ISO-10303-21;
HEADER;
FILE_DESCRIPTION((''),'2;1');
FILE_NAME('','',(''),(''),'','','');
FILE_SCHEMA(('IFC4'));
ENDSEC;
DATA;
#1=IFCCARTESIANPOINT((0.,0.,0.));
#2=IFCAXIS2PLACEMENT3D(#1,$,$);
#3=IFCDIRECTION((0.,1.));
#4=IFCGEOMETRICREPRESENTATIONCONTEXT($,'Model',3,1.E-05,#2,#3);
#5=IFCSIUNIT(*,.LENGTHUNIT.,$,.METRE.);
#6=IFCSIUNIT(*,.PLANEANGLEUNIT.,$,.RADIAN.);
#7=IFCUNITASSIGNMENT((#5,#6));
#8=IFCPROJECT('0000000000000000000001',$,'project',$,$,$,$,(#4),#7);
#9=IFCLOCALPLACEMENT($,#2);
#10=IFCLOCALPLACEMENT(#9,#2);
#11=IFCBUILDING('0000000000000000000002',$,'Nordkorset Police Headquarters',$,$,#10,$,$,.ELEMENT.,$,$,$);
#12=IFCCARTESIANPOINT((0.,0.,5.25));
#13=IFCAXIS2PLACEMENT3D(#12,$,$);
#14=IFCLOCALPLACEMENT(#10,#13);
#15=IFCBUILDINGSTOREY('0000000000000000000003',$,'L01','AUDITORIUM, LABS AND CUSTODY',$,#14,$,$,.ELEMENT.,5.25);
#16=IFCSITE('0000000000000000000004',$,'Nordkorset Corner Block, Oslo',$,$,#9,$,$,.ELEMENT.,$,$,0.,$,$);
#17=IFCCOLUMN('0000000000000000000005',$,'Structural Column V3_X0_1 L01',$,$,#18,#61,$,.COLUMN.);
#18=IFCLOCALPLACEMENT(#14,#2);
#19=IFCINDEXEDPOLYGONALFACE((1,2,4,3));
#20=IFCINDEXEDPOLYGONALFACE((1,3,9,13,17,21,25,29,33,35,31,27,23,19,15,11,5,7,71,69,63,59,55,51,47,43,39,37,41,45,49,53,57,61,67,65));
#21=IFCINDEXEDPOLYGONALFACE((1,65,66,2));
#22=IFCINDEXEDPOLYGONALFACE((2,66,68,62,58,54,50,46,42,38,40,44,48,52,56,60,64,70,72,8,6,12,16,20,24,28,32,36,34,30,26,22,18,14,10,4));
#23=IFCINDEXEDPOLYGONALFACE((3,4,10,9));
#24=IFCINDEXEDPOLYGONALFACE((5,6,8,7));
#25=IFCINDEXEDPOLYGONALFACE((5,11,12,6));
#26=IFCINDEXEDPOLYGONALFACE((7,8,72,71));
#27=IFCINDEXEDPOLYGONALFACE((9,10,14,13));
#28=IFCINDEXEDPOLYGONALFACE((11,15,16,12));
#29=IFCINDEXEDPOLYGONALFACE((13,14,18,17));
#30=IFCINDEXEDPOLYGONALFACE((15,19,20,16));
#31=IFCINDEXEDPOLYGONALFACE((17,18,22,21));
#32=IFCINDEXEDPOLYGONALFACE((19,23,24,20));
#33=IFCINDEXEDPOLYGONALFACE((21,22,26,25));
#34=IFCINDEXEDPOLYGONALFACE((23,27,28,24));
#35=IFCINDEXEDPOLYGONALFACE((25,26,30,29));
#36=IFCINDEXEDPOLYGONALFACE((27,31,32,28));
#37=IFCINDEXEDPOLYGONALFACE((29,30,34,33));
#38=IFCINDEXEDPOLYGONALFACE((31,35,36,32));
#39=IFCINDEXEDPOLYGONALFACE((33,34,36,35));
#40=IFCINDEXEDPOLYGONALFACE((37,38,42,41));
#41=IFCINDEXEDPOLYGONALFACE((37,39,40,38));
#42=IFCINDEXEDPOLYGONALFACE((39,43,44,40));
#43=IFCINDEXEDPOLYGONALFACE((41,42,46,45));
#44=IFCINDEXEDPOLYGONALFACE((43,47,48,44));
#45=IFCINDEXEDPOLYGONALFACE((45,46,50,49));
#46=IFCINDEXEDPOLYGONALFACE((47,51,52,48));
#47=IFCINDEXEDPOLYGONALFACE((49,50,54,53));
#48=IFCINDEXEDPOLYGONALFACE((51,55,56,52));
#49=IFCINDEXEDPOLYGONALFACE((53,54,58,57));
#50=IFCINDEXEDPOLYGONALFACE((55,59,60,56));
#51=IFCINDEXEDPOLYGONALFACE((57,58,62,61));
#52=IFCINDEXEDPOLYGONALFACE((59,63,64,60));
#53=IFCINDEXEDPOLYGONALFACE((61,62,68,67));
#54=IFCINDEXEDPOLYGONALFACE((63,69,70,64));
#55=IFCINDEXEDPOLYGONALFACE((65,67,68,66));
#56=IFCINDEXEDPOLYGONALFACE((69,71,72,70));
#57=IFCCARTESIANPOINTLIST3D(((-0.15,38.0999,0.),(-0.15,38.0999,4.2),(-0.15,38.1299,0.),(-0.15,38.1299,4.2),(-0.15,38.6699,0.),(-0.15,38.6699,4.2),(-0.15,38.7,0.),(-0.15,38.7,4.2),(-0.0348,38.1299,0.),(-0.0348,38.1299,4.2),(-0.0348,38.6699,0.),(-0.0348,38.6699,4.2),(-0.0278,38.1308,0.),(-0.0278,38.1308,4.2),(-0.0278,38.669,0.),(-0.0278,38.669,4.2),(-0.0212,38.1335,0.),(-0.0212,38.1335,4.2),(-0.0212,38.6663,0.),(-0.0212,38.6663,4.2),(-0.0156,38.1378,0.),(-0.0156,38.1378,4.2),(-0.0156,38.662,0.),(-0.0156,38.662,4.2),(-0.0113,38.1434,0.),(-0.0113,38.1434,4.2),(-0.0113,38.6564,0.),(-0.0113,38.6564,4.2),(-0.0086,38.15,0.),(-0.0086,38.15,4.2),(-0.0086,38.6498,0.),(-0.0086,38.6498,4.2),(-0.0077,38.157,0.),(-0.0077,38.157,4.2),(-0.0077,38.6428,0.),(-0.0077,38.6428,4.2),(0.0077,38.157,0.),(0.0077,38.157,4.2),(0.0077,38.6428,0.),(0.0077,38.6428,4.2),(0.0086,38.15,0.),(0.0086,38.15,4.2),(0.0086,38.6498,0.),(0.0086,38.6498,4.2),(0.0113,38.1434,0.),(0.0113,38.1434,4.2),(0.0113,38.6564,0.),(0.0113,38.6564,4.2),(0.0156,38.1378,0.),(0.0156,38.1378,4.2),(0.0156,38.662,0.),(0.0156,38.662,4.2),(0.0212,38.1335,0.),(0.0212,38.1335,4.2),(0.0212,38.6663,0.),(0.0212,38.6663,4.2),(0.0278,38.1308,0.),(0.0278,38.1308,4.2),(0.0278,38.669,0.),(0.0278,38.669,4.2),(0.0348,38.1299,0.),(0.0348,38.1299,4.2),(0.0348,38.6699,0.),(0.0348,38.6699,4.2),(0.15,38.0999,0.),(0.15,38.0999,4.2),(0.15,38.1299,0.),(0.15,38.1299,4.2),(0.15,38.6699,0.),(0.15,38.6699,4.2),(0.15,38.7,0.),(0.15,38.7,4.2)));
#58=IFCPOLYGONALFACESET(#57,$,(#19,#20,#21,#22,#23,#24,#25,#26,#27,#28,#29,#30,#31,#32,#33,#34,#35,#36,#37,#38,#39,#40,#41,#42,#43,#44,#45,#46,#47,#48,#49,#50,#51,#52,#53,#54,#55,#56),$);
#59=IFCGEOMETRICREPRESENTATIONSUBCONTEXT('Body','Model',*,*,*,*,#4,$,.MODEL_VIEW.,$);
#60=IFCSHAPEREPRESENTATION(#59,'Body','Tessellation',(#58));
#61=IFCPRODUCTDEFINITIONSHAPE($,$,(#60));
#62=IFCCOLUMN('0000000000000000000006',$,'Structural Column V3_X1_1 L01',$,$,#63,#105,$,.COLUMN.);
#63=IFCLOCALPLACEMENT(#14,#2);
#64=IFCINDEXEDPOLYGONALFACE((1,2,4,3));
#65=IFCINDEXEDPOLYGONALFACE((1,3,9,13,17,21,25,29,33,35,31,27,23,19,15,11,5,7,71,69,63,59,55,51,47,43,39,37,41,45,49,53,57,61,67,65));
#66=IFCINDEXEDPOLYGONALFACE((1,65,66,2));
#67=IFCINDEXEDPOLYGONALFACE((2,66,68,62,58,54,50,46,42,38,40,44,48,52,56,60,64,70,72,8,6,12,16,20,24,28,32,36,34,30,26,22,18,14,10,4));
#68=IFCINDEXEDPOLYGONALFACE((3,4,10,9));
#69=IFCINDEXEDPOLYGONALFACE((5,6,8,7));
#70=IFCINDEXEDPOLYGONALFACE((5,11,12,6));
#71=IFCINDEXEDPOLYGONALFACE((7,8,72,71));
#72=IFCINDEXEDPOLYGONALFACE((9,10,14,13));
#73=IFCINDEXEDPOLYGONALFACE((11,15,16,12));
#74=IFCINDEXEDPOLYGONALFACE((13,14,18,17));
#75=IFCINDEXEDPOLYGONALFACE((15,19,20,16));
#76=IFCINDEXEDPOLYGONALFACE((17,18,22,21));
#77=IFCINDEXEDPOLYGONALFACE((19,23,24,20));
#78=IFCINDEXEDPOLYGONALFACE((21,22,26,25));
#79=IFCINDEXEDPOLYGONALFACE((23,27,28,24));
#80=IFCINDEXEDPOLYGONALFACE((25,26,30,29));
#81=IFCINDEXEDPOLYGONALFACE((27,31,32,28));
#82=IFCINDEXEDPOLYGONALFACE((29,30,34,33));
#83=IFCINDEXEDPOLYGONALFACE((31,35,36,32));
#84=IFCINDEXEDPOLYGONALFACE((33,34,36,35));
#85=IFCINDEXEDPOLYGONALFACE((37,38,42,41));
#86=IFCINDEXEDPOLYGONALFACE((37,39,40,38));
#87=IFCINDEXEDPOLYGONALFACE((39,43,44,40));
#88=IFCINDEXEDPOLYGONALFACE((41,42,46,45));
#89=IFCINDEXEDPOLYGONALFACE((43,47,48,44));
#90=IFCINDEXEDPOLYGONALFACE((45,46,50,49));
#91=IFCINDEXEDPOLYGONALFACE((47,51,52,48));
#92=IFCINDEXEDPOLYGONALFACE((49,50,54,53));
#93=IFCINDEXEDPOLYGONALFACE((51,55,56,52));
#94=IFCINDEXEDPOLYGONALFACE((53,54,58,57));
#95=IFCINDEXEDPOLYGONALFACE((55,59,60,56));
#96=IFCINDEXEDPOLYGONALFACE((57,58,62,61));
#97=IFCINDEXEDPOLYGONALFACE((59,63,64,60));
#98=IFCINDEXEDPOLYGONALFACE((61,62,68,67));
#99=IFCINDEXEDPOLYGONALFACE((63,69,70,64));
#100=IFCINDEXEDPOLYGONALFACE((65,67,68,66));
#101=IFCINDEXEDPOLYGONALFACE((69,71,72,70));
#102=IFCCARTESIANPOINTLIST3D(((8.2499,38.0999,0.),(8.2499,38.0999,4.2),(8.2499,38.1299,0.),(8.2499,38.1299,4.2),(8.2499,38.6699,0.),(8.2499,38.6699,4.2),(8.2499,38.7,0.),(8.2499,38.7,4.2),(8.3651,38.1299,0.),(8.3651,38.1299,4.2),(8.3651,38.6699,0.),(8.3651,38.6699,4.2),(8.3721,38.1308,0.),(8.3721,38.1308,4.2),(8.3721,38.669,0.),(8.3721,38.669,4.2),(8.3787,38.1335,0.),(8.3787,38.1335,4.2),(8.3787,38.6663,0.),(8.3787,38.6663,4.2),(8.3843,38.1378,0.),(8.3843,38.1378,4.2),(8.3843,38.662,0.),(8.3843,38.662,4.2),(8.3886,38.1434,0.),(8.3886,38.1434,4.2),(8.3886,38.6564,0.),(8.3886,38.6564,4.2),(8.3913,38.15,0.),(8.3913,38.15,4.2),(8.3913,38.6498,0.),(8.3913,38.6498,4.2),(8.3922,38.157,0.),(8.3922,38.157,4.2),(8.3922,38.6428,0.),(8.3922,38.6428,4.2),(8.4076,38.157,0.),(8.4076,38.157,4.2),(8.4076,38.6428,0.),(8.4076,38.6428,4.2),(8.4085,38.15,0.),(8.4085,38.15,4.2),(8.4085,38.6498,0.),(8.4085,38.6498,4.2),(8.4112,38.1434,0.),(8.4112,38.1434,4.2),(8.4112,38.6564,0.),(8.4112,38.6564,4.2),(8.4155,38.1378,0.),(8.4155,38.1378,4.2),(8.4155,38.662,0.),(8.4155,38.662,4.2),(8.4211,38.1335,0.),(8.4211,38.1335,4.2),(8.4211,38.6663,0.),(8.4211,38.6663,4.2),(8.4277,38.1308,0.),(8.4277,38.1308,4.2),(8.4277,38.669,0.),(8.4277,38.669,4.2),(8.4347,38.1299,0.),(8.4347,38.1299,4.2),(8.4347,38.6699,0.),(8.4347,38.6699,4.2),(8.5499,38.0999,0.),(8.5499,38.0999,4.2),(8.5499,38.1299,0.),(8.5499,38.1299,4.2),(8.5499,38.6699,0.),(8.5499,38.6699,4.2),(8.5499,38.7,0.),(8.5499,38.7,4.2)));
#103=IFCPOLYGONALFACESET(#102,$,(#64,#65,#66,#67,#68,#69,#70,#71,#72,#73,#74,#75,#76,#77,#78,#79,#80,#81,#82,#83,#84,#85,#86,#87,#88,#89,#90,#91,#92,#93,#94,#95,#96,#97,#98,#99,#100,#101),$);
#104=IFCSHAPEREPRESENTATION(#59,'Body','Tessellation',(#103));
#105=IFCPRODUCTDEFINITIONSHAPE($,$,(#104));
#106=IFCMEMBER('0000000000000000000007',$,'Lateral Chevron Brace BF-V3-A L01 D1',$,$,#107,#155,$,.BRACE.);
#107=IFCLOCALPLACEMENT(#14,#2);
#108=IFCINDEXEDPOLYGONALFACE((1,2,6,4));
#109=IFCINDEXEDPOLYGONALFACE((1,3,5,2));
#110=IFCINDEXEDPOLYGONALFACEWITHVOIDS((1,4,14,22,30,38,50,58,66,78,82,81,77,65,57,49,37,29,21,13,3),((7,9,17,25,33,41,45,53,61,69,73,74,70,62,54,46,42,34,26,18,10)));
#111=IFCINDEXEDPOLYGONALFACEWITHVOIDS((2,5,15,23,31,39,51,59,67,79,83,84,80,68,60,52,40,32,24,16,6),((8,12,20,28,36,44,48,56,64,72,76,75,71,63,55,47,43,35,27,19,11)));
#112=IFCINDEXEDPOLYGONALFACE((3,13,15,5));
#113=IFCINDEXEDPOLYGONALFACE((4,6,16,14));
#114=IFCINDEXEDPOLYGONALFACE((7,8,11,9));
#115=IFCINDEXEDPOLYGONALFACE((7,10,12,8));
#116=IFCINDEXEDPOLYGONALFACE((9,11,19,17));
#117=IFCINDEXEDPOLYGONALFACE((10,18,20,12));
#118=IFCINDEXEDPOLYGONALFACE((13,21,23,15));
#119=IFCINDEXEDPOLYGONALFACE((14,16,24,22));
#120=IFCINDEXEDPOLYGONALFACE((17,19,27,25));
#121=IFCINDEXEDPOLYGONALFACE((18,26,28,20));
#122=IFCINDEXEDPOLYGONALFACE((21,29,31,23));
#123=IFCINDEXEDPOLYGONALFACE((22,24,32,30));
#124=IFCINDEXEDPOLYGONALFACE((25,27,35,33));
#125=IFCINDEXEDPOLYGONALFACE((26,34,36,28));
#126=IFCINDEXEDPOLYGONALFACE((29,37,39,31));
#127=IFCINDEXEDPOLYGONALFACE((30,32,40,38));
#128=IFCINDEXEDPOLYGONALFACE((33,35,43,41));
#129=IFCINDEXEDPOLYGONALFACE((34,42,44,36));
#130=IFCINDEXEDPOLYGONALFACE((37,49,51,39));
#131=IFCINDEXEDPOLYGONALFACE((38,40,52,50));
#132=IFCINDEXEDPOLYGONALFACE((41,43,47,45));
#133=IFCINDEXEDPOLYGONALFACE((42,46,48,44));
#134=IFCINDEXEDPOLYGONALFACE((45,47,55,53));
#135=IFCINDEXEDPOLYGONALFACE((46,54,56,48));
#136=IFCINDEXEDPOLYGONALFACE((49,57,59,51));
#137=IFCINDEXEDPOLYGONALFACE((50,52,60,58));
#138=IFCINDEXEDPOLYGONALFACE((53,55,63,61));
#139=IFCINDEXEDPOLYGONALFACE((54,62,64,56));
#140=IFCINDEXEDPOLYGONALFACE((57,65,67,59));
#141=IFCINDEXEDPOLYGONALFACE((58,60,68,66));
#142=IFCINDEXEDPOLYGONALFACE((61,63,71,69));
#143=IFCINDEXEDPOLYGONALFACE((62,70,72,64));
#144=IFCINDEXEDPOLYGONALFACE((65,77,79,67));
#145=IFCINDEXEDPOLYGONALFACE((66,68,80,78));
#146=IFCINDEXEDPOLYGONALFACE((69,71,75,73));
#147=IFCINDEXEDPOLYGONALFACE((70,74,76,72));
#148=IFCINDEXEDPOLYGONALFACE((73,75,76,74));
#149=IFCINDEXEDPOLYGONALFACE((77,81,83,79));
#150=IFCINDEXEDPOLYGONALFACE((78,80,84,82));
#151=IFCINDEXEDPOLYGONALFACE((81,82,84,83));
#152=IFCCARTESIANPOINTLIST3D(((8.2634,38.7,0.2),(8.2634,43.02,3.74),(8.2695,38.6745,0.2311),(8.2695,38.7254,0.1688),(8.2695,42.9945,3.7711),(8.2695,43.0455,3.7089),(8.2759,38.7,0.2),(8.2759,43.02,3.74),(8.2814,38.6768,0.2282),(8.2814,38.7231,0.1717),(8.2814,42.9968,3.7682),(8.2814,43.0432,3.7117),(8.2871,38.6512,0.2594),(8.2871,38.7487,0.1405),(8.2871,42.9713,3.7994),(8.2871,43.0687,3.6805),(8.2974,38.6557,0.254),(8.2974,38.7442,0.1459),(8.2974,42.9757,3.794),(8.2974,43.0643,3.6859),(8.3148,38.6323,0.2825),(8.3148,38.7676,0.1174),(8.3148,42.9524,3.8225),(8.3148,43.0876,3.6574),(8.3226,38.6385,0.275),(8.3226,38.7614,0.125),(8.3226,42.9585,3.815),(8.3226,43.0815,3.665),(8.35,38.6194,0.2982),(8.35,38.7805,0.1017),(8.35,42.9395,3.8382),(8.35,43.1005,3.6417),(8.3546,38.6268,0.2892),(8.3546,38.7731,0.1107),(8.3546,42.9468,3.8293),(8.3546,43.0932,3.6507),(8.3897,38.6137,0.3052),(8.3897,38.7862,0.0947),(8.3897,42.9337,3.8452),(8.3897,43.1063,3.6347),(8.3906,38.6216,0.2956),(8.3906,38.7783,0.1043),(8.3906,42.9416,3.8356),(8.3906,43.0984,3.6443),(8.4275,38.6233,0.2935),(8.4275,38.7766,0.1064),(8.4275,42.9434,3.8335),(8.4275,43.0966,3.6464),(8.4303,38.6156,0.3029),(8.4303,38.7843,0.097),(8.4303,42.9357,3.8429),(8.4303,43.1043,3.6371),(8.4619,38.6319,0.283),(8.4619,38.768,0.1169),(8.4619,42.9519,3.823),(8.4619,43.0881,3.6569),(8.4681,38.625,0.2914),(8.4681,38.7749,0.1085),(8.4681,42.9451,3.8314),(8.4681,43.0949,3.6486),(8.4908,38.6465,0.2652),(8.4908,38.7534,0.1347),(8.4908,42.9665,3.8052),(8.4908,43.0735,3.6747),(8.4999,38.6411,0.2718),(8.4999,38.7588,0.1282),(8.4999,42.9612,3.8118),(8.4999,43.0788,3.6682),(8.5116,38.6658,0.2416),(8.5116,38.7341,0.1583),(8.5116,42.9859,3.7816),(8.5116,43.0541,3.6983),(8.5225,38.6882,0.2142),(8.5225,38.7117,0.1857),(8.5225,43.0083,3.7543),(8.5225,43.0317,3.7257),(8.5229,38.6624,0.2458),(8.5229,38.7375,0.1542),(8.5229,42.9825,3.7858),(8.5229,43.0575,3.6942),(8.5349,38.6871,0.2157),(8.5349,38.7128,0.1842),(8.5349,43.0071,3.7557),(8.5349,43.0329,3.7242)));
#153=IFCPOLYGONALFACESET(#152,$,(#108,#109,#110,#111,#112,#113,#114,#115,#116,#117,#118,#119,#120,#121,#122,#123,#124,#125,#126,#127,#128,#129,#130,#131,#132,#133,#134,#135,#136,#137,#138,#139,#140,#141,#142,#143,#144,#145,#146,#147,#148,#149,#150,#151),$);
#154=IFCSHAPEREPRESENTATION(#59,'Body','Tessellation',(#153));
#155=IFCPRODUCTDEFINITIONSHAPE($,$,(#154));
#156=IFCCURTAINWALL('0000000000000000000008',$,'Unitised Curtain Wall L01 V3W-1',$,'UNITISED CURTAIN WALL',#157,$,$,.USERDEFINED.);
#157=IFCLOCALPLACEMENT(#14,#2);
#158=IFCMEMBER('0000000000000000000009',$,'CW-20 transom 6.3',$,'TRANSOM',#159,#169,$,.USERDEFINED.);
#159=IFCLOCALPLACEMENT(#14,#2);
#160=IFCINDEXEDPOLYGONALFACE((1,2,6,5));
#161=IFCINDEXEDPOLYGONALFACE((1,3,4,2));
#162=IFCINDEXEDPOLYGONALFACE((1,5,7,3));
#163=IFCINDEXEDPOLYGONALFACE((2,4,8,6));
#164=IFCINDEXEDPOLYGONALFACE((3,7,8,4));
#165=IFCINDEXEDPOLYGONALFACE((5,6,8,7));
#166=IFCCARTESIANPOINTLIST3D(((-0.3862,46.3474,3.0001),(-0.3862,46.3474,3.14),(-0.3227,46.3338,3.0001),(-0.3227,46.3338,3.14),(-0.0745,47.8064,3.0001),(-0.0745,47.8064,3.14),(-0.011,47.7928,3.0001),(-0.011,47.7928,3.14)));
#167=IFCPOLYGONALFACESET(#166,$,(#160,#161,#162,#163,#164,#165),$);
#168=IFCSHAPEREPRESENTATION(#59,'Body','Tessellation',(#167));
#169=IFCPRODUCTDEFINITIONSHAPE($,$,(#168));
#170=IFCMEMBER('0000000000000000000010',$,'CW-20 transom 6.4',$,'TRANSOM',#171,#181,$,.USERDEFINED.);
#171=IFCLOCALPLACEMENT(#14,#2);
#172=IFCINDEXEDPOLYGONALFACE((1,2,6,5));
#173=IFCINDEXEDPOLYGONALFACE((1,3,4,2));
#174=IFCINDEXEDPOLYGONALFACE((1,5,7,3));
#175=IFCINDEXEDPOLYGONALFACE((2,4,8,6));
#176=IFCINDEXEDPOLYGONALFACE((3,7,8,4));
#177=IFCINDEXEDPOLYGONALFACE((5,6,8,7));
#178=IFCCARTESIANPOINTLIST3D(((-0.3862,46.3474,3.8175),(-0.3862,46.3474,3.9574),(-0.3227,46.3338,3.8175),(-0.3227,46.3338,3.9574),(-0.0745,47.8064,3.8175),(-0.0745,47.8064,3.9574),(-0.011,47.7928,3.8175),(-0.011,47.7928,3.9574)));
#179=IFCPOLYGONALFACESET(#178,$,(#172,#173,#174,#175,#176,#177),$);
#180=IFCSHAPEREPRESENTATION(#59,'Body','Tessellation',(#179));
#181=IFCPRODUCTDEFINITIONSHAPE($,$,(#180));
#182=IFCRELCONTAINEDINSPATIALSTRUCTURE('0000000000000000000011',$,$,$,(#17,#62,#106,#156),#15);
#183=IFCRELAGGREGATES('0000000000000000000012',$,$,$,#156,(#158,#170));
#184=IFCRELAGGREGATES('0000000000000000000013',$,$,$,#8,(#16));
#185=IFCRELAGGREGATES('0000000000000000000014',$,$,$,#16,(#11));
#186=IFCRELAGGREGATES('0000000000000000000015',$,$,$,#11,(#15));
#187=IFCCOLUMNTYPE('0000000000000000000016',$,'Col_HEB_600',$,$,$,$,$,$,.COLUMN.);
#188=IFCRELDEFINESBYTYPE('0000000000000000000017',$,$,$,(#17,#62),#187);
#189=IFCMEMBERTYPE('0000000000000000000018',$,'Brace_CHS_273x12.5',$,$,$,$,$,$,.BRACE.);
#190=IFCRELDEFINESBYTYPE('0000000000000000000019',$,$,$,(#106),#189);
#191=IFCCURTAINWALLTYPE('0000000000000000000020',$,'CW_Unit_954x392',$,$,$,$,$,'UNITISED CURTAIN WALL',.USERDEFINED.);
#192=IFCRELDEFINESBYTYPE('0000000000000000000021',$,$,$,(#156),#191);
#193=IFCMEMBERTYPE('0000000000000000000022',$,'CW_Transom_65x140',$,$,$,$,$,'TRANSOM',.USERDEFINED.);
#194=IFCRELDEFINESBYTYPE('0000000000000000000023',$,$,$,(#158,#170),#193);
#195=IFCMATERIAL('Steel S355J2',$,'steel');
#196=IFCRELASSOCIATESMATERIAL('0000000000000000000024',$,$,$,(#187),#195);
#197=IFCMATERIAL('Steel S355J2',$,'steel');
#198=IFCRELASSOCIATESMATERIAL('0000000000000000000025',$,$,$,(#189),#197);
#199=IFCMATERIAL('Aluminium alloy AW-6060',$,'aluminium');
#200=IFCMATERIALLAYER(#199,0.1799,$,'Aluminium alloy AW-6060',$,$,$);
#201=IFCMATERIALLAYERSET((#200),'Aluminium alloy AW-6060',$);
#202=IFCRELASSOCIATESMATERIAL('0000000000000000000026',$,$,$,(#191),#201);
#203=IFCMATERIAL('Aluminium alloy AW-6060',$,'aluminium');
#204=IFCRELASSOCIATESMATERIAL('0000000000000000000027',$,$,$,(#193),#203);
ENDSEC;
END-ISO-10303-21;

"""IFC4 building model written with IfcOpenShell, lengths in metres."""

from ifc_helpers import new_model, si_unit, direction, frame, origin, origin_2d, place, context, subcontext, project, spatial, rectangle, hollow_circle, i_section, extrude, material, layer, layer_set, material_profile, profile_set, type_object, element, aggregate, save


model = new_model("IFC4")

# Units and contexts
model_context = context("Model", 3, precision=1e-05, world=origin(), true_north=direction((0.0, 1.0)))
body_context = subcontext(model_context, "Body", "Model", "MODEL_VIEW")
ifc_project = project(units=[si_unit("LENGTHUNIT", "METRE"), si_unit("PLANEANGLEUNIT", "RADIAN")], contexts=[model_context])

# Site, building, storey
site_placement = place(None, origin())
site = spatial("IfcSite", under=ifc_project, at=site_placement, Name="Nordkorset Corner Block, Oslo", CompositionType="ELEMENT", RefElevation=0.0)
building_placement = place(site_placement, origin())
building = spatial("IfcBuilding", under=site, at=building_placement, Name="Nordkorset Police Headquarters", CompositionType="ELEMENT")
storey_placement = place(building_placement, frame((0.0, 0.0, 5.25)))
storey = spatial("IfcBuildingStorey", under=building, at=storey_placement, Name="L01", Description="AUDITORIUM, LABS AND CUSTODY", CompositionType="ELEMENT", Elevation=5.25)

# Columns
ifc_material_1 = material(Name="Steel S355J2", Category="steel")
ifc_material_profile_1 = material_profile(ifc_material_1, i_section(OverallWidth=0.3, OverallDepth=0.6001, WebThickness=0.0154, FlangeThickness=0.03, FilletRadius=0.0271, at=origin_2d()), Name="HEB 600")
ifc_profile_set_1 = profile_set([ifc_material_profile_1], Name="Steel S355J2")
column_type = type_object("IfcColumnType", Name="Col_HEB_600", PredefinedType="COLUMN", material=ifc_profile_set_1)
for number, where, z_axis, x_axis, name in (
    (1, (0.0, 38.3999, 0.0), (0.0, 0.0, 1.0), (1.0, 0.0, 0.0), "Structural Column V3_X0_1 L01"),
    (2, (8.3999, 38.3999, 0.0), (0.0, 0.0, 1.0), (1.0, 0.0, 0.0), "Structural Column V3_X1_1 L01"),
):
    element("IfcColumn", number, at=place(storey_placement, frame(where, z_axis=z_axis, x_axis=x_axis)), inside=storey, type_object=column_type, Name=name, PredefinedType="COLUMN", context=body_context, shape_type="SweptSolid", body=[
        extrude(i_section(OverallWidth=0.3, OverallDepth=0.6001, WebThickness=0.0154, FlangeThickness=0.03, FilletRadius=0.0271, at=origin_2d()), origin(), (0.0, 0.0, 1.0), 4.2),
    ])

# Member
ifc_material_2 = material(Name="Steel S355J2", Category="steel")
ifc_material_profile_2 = material_profile(ifc_material_2, hollow_circle(Radius=0.1365, WallThickness=0.0125, at=origin_2d()), Name="CHS 273x12.5")
ifc_profile_set_2 = profile_set([ifc_material_profile_2], Name="Steel S355J2")
member_type_1 = type_object("IfcMemberType", Name="Brace_CHS_273x12.5", PredefinedType="BRACE", material=ifc_profile_set_2)
member_1_placement = place(storey_placement, frame((8.3999, 38.7, 0.2), z_axis=(0.0, 0.77348, 0.633821), x_axis=(-1.0, 0.0, 0.0)))
element("IfcMember", 3, at=member_1_placement, inside=storey, type_object=member_type_1, Name="Lateral Chevron Brace BF-V3-A L01 D1", PredefinedType="BRACE", context=body_context, shape_type="SweptSolid", body=[
    extrude(hollow_circle(Radius=0.1365, WallThickness=0.0125, at=origin_2d()), origin(), (0.0, 0.0, 1.0), 5.5852),
])

# Curtain wall, members
ifc_material_3 = material(Name="Aluminium alloy AW-6060", Category="aluminium")
ifc_layer_1 = layer(ifc_material_3, 0.1799, Name="Aluminium alloy AW-6060")
ifc_layer_set_1 = layer_set([ifc_layer_1], Name="Aluminium alloy AW-6060")
curtain_wall_type = type_object("IfcCurtainWallType", Name="CW_Unit_954x392", ElementType="UNITISED CURTAIN WALL", PredefinedType="USERDEFINED", material=ifc_layer_set_1)
curtain_wall_placement = place(storey_placement, origin())
curtain_wall = element("IfcCurtainWall", 4, at=curtain_wall_placement, inside=storey, type_object=curtain_wall_type, Name="Unitised Curtain Wall L01 V3W-1", ObjectType="UNITISED CURTAIN WALL", PredefinedType="USERDEFINED")
ifc_material_4 = material(Name="Aluminium alloy AW-6060", Category="aluminium")
ifc_material_profile_3 = material_profile(ifc_material_4, rectangle(XDim=0.0649, YDim=0.1399, at=origin_2d()), Name="ALU TRAN 65x140")
ifc_profile_set_3 = profile_set([ifc_material_profile_3], Name="Aluminium alloy AW-6060")
member_type_2 = type_object("IfcMemberType", Name="CW_Transom_65x140", ElementType="TRANSOM", PredefinedType="USERDEFINED", material=ifc_profile_set_3)
member_2_placement = place(storey_placement, frame((-0.3545, 46.3406, 3.0701), z_axis=(0.20897, 0.977922, 0.0), x_axis=(-0.977922, 0.20897, 0.0)))
member_2 = element("IfcMember", 5, at=member_2_placement, type_object=member_type_2, Name="CW-20 transom 6.3", ObjectType="TRANSOM", PredefinedType="USERDEFINED", context=body_context, shape_type="SweptSolid", body=[
    extrude(rectangle(XDim=0.0649, YDim=0.1399, at=origin_2d()), origin(), (0.0, 0.0, 1.0), 1.4919),
])
member_3_placement = place(storey_placement, frame((-0.3545, 46.3406, 3.8875), z_axis=(0.20897, 0.977922, 0.0), x_axis=(-0.977922, 0.20897, 0.0)))
member_3 = element("IfcMember", 6, at=member_3_placement, type_object=member_type_2, Name="CW-20 transom 6.4", ObjectType="TRANSOM", PredefinedType="USERDEFINED", context=body_context, shape_type="SweptSolid", body=[
    extrude(rectangle(XDim=0.0649, YDim=0.1399, at=origin_2d()), origin(), (0.0, 0.0, 1.0), 1.4919),
])
aggregate(curtain_wall, [member_2, member_3])

save(model, "model.ifc")
